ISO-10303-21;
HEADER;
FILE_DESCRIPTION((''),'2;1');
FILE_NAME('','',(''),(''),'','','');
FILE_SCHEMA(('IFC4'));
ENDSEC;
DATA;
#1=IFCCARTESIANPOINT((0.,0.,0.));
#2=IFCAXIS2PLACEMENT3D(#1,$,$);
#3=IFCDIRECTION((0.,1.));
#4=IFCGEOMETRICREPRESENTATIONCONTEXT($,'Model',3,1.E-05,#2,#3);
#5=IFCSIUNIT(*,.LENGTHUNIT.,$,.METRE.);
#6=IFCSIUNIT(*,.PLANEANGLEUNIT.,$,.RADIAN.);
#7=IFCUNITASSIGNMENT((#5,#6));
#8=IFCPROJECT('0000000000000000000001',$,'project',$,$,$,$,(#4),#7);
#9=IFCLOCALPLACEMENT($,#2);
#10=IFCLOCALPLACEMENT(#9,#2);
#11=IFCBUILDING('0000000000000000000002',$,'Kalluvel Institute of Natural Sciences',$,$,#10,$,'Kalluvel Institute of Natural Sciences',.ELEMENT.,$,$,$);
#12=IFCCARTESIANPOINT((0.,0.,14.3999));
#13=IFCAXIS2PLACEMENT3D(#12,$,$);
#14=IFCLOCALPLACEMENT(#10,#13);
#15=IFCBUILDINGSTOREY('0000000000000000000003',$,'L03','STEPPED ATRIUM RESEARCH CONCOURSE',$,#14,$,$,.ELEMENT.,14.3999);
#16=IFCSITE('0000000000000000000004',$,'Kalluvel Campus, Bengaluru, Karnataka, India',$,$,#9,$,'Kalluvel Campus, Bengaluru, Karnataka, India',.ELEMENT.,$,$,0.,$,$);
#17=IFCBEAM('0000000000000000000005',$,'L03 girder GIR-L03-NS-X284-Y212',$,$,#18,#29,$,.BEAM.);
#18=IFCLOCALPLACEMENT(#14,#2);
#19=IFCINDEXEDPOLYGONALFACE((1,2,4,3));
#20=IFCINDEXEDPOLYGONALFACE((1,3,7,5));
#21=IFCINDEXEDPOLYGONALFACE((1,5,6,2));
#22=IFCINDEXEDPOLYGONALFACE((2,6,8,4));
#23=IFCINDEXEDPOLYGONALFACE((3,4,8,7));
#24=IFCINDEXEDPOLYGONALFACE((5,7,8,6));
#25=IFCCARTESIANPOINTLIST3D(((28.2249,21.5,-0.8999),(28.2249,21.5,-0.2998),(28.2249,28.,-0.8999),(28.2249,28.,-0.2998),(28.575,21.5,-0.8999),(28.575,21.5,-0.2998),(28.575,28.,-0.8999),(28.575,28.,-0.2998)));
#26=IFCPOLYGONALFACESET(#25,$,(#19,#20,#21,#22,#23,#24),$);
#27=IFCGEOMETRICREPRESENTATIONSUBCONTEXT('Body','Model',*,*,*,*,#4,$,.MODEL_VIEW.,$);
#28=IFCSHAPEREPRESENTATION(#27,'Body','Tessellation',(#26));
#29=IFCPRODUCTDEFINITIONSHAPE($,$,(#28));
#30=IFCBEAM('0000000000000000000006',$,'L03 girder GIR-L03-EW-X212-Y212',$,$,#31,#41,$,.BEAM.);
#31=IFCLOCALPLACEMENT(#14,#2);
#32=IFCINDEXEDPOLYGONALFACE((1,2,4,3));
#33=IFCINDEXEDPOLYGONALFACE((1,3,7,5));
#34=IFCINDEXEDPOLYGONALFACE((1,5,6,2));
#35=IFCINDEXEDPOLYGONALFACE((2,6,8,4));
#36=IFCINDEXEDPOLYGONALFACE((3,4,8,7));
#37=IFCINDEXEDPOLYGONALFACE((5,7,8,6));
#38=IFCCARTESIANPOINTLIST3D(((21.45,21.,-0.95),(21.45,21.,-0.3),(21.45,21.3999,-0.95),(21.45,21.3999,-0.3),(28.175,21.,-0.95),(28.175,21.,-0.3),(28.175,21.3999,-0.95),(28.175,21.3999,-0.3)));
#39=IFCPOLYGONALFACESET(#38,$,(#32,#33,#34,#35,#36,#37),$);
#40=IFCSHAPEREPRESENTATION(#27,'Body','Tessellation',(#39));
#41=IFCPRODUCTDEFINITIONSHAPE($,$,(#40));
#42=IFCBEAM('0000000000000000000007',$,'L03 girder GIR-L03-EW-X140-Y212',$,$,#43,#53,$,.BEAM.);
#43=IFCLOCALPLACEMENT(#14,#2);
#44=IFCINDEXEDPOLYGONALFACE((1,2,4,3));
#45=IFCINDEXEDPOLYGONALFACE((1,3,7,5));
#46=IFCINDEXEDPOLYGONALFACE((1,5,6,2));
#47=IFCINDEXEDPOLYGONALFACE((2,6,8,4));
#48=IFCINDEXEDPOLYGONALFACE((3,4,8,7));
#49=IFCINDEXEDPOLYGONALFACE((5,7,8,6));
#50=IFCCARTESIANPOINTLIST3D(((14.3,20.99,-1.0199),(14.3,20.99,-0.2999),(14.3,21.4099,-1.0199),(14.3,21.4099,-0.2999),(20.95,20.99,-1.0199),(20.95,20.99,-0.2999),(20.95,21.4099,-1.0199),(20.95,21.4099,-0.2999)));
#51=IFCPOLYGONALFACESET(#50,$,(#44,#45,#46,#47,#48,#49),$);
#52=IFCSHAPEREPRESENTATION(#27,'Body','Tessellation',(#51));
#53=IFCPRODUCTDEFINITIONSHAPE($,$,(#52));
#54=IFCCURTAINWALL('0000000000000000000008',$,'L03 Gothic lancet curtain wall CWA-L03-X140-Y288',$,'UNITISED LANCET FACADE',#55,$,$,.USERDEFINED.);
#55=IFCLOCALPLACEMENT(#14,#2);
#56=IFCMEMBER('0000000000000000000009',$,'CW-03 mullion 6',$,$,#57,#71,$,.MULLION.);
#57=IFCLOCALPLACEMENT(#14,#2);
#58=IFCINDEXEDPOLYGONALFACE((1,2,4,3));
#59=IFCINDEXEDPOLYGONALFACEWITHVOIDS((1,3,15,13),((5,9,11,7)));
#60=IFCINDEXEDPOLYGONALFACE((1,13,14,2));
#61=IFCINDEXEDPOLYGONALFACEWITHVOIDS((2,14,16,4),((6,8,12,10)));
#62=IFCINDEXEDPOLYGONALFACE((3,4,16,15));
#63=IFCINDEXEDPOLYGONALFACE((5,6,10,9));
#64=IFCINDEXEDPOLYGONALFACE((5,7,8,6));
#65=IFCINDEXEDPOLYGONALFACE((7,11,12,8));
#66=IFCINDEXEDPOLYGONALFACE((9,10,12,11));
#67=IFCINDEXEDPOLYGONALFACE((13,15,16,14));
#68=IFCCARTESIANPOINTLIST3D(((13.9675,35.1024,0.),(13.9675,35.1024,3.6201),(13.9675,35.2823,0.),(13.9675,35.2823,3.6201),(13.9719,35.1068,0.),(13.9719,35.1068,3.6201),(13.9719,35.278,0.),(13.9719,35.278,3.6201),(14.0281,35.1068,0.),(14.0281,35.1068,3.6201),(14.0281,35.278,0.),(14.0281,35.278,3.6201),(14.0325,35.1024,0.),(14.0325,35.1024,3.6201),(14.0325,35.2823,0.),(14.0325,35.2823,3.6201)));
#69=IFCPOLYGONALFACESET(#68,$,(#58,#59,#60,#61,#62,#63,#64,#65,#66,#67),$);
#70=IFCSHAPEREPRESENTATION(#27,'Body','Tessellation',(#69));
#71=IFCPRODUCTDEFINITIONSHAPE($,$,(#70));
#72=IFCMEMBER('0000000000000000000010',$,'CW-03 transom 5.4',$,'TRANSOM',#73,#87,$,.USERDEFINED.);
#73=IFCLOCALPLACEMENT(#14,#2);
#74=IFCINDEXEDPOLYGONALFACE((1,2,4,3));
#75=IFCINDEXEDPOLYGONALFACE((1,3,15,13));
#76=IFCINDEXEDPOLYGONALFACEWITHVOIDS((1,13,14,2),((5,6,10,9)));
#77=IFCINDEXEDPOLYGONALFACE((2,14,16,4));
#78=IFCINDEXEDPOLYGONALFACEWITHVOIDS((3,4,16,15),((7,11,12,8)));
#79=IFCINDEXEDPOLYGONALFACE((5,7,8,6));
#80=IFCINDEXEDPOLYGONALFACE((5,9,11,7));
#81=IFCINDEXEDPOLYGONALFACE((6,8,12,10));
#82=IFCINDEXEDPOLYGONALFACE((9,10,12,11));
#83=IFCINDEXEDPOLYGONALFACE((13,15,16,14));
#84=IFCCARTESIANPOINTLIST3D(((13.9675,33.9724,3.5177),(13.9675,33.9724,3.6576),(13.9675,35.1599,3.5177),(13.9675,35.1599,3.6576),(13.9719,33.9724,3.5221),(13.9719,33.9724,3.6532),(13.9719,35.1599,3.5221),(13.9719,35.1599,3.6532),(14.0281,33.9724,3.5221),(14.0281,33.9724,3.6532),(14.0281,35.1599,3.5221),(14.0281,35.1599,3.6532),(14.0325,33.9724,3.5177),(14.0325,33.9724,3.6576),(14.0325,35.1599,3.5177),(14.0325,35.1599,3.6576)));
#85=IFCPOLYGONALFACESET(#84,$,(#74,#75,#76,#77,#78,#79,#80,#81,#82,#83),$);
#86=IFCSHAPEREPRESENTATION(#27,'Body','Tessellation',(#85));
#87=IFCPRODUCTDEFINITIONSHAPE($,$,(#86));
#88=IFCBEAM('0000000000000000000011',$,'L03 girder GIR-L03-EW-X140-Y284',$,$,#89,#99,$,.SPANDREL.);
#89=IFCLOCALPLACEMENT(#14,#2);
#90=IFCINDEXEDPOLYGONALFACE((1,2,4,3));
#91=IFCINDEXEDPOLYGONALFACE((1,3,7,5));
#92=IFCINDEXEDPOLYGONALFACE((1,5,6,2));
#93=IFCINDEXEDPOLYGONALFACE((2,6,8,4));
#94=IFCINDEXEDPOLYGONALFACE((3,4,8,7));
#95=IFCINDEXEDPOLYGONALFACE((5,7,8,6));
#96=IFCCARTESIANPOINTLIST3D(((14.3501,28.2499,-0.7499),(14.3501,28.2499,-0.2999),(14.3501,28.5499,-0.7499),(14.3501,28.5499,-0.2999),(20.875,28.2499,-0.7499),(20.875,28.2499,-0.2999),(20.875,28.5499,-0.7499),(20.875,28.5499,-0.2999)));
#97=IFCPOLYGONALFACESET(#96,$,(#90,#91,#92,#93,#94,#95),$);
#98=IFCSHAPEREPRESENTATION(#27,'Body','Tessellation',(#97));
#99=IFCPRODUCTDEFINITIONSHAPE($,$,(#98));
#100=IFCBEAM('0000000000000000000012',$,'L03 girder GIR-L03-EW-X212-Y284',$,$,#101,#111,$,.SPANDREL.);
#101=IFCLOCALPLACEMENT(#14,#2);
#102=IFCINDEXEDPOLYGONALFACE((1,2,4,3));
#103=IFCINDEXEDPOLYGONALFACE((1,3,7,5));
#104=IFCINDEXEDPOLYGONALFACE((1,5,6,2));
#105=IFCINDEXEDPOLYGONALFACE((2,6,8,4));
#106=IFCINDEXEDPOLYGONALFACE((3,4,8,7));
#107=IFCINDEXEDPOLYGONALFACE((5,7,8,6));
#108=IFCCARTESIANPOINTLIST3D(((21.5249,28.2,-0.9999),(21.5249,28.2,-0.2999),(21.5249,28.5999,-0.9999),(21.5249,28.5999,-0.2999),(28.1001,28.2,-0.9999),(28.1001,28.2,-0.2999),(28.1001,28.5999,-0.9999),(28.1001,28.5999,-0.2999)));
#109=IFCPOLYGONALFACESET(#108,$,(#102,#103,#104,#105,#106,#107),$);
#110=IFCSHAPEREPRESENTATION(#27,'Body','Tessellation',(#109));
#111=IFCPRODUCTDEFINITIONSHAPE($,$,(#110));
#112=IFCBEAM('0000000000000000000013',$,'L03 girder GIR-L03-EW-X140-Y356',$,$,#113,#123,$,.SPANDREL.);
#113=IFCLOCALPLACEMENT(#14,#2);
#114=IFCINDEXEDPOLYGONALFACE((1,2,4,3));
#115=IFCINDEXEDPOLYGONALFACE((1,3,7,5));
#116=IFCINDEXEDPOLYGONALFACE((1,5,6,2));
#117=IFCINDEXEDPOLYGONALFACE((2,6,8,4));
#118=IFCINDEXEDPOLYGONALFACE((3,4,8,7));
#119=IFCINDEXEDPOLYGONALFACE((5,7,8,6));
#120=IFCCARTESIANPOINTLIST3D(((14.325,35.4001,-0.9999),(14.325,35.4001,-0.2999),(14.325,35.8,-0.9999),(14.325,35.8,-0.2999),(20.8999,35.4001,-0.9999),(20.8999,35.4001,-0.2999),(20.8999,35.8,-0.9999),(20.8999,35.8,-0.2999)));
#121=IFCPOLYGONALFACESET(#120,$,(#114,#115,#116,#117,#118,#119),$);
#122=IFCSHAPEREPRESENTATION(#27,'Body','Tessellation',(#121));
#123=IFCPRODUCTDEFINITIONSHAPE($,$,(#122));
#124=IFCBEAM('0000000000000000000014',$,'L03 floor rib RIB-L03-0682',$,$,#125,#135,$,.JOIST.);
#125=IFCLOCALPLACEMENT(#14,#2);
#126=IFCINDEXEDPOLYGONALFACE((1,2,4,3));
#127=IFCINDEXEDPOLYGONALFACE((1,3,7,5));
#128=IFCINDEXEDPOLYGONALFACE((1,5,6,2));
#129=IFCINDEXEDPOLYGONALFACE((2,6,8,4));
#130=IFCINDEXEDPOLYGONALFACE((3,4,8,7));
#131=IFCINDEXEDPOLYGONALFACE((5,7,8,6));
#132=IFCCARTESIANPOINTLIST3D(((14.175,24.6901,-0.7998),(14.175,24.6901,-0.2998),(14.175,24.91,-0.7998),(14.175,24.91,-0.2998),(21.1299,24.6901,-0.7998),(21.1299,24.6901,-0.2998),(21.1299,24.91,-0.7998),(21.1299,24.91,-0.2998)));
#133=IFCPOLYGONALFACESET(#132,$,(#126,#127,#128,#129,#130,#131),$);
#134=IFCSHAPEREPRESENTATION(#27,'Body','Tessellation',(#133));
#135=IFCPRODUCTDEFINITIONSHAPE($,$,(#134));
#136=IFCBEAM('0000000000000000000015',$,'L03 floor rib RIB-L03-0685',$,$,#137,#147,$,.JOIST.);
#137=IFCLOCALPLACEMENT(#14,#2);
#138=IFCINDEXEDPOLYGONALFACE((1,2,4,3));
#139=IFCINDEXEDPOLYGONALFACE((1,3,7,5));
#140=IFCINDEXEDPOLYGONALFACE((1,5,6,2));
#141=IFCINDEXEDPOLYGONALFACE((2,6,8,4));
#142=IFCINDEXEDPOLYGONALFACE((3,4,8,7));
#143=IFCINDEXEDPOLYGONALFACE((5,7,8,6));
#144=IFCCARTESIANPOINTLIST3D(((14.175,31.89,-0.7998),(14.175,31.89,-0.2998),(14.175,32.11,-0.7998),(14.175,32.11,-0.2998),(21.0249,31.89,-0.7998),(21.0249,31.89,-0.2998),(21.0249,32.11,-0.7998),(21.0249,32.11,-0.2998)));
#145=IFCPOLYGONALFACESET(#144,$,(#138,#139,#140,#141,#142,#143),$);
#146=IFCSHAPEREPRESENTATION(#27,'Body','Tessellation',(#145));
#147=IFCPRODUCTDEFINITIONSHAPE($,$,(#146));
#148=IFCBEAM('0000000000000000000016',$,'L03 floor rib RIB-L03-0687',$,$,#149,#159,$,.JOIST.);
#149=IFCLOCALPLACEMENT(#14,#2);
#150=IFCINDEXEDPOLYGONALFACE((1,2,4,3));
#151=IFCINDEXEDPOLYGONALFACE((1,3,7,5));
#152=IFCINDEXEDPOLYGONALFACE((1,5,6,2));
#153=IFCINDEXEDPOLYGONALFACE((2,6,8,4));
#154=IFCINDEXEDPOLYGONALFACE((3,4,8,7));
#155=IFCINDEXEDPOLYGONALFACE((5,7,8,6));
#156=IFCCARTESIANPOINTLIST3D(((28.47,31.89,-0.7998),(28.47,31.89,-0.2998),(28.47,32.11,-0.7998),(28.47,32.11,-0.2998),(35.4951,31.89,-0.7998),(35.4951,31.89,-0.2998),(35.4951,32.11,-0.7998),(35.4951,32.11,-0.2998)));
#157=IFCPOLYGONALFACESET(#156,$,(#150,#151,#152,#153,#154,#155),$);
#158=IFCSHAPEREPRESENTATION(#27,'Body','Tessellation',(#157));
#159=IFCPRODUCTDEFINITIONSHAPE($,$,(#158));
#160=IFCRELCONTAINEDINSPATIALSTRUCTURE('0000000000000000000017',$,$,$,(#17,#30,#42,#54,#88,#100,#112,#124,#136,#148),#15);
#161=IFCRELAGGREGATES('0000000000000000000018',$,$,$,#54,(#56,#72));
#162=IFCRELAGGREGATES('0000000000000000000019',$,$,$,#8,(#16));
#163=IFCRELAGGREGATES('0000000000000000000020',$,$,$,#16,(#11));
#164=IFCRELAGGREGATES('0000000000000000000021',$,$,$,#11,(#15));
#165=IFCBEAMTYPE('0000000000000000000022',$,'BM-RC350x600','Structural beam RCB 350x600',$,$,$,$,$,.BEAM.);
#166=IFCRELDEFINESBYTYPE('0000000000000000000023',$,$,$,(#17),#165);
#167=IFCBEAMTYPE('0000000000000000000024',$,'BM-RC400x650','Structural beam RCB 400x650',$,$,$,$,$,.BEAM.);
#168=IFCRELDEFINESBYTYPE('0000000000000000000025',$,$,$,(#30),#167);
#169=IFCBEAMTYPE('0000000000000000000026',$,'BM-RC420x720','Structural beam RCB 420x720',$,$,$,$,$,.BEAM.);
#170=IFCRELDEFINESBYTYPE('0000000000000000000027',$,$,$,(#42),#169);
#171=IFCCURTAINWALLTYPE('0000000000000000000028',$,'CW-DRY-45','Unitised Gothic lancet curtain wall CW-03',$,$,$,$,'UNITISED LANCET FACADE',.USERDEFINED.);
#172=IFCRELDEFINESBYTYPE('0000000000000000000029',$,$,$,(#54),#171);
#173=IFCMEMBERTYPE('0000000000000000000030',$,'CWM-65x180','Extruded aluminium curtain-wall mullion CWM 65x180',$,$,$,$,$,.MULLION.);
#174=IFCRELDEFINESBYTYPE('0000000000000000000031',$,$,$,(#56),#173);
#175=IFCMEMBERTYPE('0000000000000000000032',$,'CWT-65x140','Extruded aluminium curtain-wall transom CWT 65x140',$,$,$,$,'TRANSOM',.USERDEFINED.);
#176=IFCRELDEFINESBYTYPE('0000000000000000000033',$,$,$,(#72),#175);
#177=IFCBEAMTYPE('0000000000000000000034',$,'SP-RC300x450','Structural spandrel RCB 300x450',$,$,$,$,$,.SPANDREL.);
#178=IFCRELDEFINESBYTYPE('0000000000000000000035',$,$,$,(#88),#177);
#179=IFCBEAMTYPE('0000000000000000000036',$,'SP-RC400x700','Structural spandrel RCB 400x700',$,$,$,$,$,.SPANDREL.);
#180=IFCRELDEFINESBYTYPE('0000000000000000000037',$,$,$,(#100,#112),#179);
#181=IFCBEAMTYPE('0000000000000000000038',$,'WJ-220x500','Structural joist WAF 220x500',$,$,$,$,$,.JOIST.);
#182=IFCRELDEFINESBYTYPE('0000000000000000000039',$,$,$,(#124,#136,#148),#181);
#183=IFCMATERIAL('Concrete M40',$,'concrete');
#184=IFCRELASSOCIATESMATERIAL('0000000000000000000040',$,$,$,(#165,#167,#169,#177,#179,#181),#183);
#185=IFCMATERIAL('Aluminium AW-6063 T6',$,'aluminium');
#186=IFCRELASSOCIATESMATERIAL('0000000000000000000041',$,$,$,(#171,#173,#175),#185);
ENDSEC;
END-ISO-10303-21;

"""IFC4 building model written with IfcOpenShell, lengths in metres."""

from ifc_helpers import new_model, si_unit, direction, frame, origin, origin_2d, place, context, subcontext, project, spatial, rectangle, hollow_rectangle, extrude, material, material_profile, profile_set, type_object, element, aggregate, save


model = new_model("IFC4")

# Units and contexts
model_context = context("Model", 3, precision=1e-05, world=origin(), true_north=direction((0.0, 1.0)))
body_context = subcontext(model_context, "Body", "Model", "MODEL_VIEW")
ifc_project = project(units=[si_unit("LENGTHUNIT", "METRE"), si_unit("PLANEANGLEUNIT", "RADIAN")], contexts=[model_context])

# Site, building, storey
site_placement = place(None, origin())
site = spatial("IfcSite", under=ifc_project, at=site_placement, Name="Kalluvel Campus, Bengaluru, Karnataka, India", LongName="Kalluvel Campus, Bengaluru, Karnataka, India", CompositionType="ELEMENT", RefElevation=0.0)
building_placement = place(site_placement, origin())
building = spatial("IfcBuilding", under=site, at=building_placement, Name="Kalluvel Institute of Natural Sciences", LongName="Kalluvel Institute of Natural Sciences", CompositionType="ELEMENT")
storey_placement = place(building_placement, frame((0.0, 0.0, 14.3999)))
storey = spatial("IfcBuildingStorey", under=building, at=storey_placement, Name="L03", Description="STEPPED ATRIUM RESEARCH CONCOURSE", CompositionType="ELEMENT", Elevation=14.3999)

# Shared definitions
ifc_material_1 = material(Name="Concrete M40", Category="concrete")

# Beams
ifc_material_profile_1 = material_profile(ifc_material_1, rectangle(XDim=0.3501, YDim=0.6001, at=origin_2d()), Name="RCB 350x600")
ifc_profile_set_1 = profile_set([ifc_material_profile_1], Name="Concrete M40")
beam_type_1 = type_object("IfcBeamType", Name="BM-RC350x600", Description="Structural beam RCB 350x600", PredefinedType="BEAM", material=ifc_profile_set_1)
beam_1_placement = place(storey_placement, frame((28.3999, 21.5, -0.5999), z_axis=(0.0, 1.0, 0.0), x_axis=(-1.0, 0.0, 0.0)))
element("IfcBeam", 1, at=beam_1_placement, inside=storey, type_object=beam_type_1, Name="L03 girder GIR-L03-NS-X284-Y212", PredefinedType="BEAM", context=body_context, shape_type="SweptSolid", body=[
    extrude(rectangle(XDim=0.3501, YDim=0.6001, at=origin_2d()), origin(), (0.0, 0.0, 1.0), 6.5),
])
ifc_material_profile_2 = material_profile(ifc_material_1, rectangle(XDim=0.3999, YDim=0.6499, at=origin_2d()), Name="RCB 400x650")
ifc_profile_set_2 = profile_set([ifc_material_profile_2], Name="Concrete M40")
beam_type_2 = type_object("IfcBeamType", Name="BM-RC400x650", Description="Structural beam RCB 400x650", PredefinedType="BEAM", material=ifc_profile_set_2)
beam_2_placement = place(storey_placement, frame((21.45, 21.2, -0.625), z_axis=(1.0, 0.0, 0.0), x_axis=(0.0, 1.0, 0.0)))
element("IfcBeam", 2, at=beam_2_placement, inside=storey, type_object=beam_type_2, Name="L03 girder GIR-L03-EW-X212-Y212", PredefinedType="BEAM", context=body_context, shape_type="SweptSolid", body=[
    extrude(rectangle(XDim=0.3999, YDim=0.6499, at=origin_2d()), origin(), (0.0, 0.0, 1.0), 6.7251),
])
ifc_material_profile_3 = material_profile(ifc_material_1, rectangle(XDim=0.4199, YDim=0.72, at=origin_2d()), Name="RCB 420x720")
ifc_profile_set_3 = profile_set([ifc_material_profile_3], Name="Concrete M40")
beam_type_3 = type_object("IfcBeamType", Name="BM-RC420x720", Description="Structural beam RCB 420x720", PredefinedType="BEAM", material=ifc_profile_set_3)
beam_3_placement = place(storey_placement, frame((14.3, 21.2, -0.6599), z_axis=(1.0, 0.0, 0.0), x_axis=(0.0, 1.0, 0.0)))
element("IfcBeam", 3, at=beam_3_placement, inside=storey, type_object=beam_type_3, Name="L03 girder GIR-L03-EW-X140-Y212", PredefinedType="BEAM", context=body_context, shape_type="SweptSolid", body=[
    extrude(rectangle(XDim=0.4199, YDim=0.72, at=origin_2d()), origin(), (0.0, 0.0, 1.0), 6.6499),
])

# Curtain wall, members
ifc_material_2 = material(Name="Aluminium AW-6063 T6", Category="aluminium")
curtain_wall_type = type_object("IfcCurtainWallType", Name="CW-DRY-45", Description="Unitised Gothic lancet curtain wall CW-03", ElementType="UNITISED LANCET FACADE", PredefinedType="USERDEFINED", material=ifc_material_2)
curtain_wall_placement = place(storey_placement, origin())
curtain_wall = element("IfcCurtainWall", 4, at=curtain_wall_placement, inside=storey, type_object=curtain_wall_type, Name="L03 Gothic lancet curtain wall CWA-L03-X140-Y288", ObjectType="UNITISED LANCET FACADE", PredefinedType="USERDEFINED")
ifc_material_profile_4 = material_profile(ifc_material_2, hollow_rectangle(XDim=0.0649, YDim=0.1799, WallThickness=0.0044, at=origin_2d()), Name="CWM 65x180")
ifc_profile_set_4 = profile_set([ifc_material_profile_4], Name="Aluminium AW-6063 T6")
member_type_1 = type_object("IfcMemberType", Name="CWM-65x180", Description="Extruded aluminium curtain-wall mullion CWM 65x180", PredefinedType="MULLION", material=ifc_profile_set_4)
member_1_placement = place(storey_placement, frame((14.0, 35.1924, 0.0), z_axis=(0.0, 0.0, 1.0), x_axis=(-1.0, 0.0, 0.0)))
member_1 = element("IfcMember", 5, at=member_1_placement, type_object=member_type_1, Name="CW-03 mullion 6", PredefinedType="MULLION", context=body_context, shape_type="SweptSolid", body=[
    extrude(hollow_rectangle(XDim=0.0649, YDim=0.1799, WallThickness=0.0044, at=origin_2d()), origin(), (0.0, 0.0, 1.0), 3.6201),
])
ifc_material_profile_5 = material_profile(ifc_material_2, hollow_rectangle(XDim=0.0649, YDim=0.1399, WallThickness=0.0044, at=origin_2d()), Name="CWT 65x140")
ifc_profile_set_5 = profile_set([ifc_material_profile_5], Name="Aluminium AW-6063 T6")
member_type_2 = type_object("IfcMemberType", Name="CWT-65x140", Description="Extruded aluminium curtain-wall transom CWT 65x140", ElementType="TRANSOM", PredefinedType="USERDEFINED", material=ifc_profile_set_5)
member_2_placement = place(storey_placement, frame((14.0, 33.9724, 3.5876), z_axis=(0.0, 1.0, 0.0), x_axis=(-1.0, 0.0, 0.0)))
member_2 = element("IfcMember", 6, at=member_2_placement, type_object=member_type_2, Name="CW-03 transom 5.4", ObjectType="TRANSOM", PredefinedType="USERDEFINED", context=body_context, shape_type="SweptSolid", body=[
    extrude(hollow_rectangle(XDim=0.0649, YDim=0.1399, WallThickness=0.0044, at=origin_2d()), origin(), (0.0, 0.0, 1.0), 1.1875),
])

# Beams
ifc_material_profile_6 = material_profile(ifc_material_1, rectangle(XDim=0.3, YDim=0.45, at=origin_2d()), Name="RCB 300x450")
ifc_profile_set_6 = profile_set([ifc_material_profile_6], Name="Concrete M40")
beam_type_4 = type_object("IfcBeamType", Name="SP-RC300x450", Description="Structural spandrel RCB 300x450", PredefinedType="SPANDREL", material=ifc_profile_set_6)
beam_4_placement = place(storey_placement, frame((14.3501, 28.3999, -0.5249), z_axis=(1.0, 0.0, 0.0), x_axis=(0.0, 1.0, 0.0)))
element("IfcBeam", 7, at=beam_4_placement, inside=storey, type_object=beam_type_4, Name="L03 girder GIR-L03-EW-X140-Y284", PredefinedType="SPANDREL", context=body_context, shape_type="SweptSolid", body=[
    extrude(rectangle(XDim=0.3, YDim=0.45, at=origin_2d()), origin(), (0.0, 0.0, 1.0), 6.5249),
])
ifc_material_profile_7 = material_profile(ifc_material_1, rectangle(XDim=0.3999, YDim=0.7, at=origin_2d()), Name="RCB 400x700")
ifc_profile_set_7 = profile_set([ifc_material_profile_7], Name="Concrete M40")
beam_type_5 = type_object("IfcBeamType", Name="SP-RC400x700", Description="Structural spandrel RCB 400x700", PredefinedType="SPANDREL", material=ifc_profile_set_7)
beam_5_placement = place(storey_placement, frame((21.5249, 28.3999, -0.6499), z_axis=(1.0, 0.0, 0.0), x_axis=(0.0, 1.0, 0.0)))
element("IfcBeam", 8, at=beam_5_placement, inside=storey, type_object=beam_type_5, Name="L03 girder GIR-L03-EW-X212-Y284", PredefinedType="SPANDREL", context=body_context, shape_type="SweptSolid", body=[
    extrude(rectangle(XDim=0.3999, YDim=0.7, at=origin_2d()), origin(), (0.0, 0.0, 1.0), 6.5752),
])
beam_6_placement = place(storey_placement, frame((14.325, 35.6001, -0.6499), z_axis=(1.0, 0.0, 0.0), x_axis=(0.0, 1.0, 0.0)))
element("IfcBeam", 9, at=beam_6_placement, inside=storey, type_object=beam_type_5, Name="L03 girder GIR-L03-EW-X140-Y356", PredefinedType="SPANDREL", context=body_context, shape_type="SweptSolid", body=[
    extrude(rectangle(XDim=0.3999, YDim=0.7, at=origin_2d()), origin(), (0.0, 0.0, 1.0), 6.575),
])
ifc_material_profile_8 = material_profile(ifc_material_1, rectangle(XDim=0.22, YDim=0.5, at=origin_2d()), Name="WAF 220x500")
ifc_profile_set_8 = profile_set([ifc_material_profile_8], Name="Concrete M40")
beam_type_6 = type_object("IfcBeamType", Name="WJ-220x500", Description="Structural joist WAF 220x500", PredefinedType="JOIST", material=ifc_profile_set_8)
beam_7_placement = place(storey_placement, frame((14.175, 24.8, -0.5498), z_axis=(1.0, 0.0, 0.0), x_axis=(0.0, 1.0, 0.0)))
element("IfcBeam", 10, at=beam_7_placement, inside=storey, type_object=beam_type_6, Name="L03 floor rib RIB-L03-0682", PredefinedType="JOIST", context=body_context, shape_type="SweptSolid", body=[
    extrude(rectangle(XDim=0.22, YDim=0.5, at=origin_2d()), origin(), (0.0, 0.0, 1.0), 6.9548),
])
beam_8_placement = place(storey_placement, frame((14.175, 32.0, -0.5498), z_axis=(1.0, 0.0, 0.0), x_axis=(0.0, 1.0, 0.0)))
element("IfcBeam", 11, at=beam_8_placement, inside=storey, type_object=beam_type_6, Name="L03 floor rib RIB-L03-0685", PredefinedType="JOIST", context=body_context, shape_type="SweptSolid", body=[
    extrude(rectangle(XDim=0.22, YDim=0.5, at=origin_2d()), origin(), (0.0, 0.0, 1.0), 6.8499),
])
beam_9_placement = place(storey_placement, frame((28.47, 32.0, -0.5498), z_axis=(1.0, 0.0, 0.0), x_axis=(0.0, 1.0, 0.0)))
element("IfcBeam", 12, at=beam_9_placement, inside=storey, type_object=beam_type_6, Name="L03 floor rib RIB-L03-0687", PredefinedType="JOIST", context=body_context, shape_type="SweptSolid", body=[
    extrude(rectangle(XDim=0.22, YDim=0.5, at=origin_2d()), origin(), (0.0, 0.0, 1.0), 7.0251),
])

aggregate(curtain_wall, [member_1, member_2])

save(model, "model.ifc")
